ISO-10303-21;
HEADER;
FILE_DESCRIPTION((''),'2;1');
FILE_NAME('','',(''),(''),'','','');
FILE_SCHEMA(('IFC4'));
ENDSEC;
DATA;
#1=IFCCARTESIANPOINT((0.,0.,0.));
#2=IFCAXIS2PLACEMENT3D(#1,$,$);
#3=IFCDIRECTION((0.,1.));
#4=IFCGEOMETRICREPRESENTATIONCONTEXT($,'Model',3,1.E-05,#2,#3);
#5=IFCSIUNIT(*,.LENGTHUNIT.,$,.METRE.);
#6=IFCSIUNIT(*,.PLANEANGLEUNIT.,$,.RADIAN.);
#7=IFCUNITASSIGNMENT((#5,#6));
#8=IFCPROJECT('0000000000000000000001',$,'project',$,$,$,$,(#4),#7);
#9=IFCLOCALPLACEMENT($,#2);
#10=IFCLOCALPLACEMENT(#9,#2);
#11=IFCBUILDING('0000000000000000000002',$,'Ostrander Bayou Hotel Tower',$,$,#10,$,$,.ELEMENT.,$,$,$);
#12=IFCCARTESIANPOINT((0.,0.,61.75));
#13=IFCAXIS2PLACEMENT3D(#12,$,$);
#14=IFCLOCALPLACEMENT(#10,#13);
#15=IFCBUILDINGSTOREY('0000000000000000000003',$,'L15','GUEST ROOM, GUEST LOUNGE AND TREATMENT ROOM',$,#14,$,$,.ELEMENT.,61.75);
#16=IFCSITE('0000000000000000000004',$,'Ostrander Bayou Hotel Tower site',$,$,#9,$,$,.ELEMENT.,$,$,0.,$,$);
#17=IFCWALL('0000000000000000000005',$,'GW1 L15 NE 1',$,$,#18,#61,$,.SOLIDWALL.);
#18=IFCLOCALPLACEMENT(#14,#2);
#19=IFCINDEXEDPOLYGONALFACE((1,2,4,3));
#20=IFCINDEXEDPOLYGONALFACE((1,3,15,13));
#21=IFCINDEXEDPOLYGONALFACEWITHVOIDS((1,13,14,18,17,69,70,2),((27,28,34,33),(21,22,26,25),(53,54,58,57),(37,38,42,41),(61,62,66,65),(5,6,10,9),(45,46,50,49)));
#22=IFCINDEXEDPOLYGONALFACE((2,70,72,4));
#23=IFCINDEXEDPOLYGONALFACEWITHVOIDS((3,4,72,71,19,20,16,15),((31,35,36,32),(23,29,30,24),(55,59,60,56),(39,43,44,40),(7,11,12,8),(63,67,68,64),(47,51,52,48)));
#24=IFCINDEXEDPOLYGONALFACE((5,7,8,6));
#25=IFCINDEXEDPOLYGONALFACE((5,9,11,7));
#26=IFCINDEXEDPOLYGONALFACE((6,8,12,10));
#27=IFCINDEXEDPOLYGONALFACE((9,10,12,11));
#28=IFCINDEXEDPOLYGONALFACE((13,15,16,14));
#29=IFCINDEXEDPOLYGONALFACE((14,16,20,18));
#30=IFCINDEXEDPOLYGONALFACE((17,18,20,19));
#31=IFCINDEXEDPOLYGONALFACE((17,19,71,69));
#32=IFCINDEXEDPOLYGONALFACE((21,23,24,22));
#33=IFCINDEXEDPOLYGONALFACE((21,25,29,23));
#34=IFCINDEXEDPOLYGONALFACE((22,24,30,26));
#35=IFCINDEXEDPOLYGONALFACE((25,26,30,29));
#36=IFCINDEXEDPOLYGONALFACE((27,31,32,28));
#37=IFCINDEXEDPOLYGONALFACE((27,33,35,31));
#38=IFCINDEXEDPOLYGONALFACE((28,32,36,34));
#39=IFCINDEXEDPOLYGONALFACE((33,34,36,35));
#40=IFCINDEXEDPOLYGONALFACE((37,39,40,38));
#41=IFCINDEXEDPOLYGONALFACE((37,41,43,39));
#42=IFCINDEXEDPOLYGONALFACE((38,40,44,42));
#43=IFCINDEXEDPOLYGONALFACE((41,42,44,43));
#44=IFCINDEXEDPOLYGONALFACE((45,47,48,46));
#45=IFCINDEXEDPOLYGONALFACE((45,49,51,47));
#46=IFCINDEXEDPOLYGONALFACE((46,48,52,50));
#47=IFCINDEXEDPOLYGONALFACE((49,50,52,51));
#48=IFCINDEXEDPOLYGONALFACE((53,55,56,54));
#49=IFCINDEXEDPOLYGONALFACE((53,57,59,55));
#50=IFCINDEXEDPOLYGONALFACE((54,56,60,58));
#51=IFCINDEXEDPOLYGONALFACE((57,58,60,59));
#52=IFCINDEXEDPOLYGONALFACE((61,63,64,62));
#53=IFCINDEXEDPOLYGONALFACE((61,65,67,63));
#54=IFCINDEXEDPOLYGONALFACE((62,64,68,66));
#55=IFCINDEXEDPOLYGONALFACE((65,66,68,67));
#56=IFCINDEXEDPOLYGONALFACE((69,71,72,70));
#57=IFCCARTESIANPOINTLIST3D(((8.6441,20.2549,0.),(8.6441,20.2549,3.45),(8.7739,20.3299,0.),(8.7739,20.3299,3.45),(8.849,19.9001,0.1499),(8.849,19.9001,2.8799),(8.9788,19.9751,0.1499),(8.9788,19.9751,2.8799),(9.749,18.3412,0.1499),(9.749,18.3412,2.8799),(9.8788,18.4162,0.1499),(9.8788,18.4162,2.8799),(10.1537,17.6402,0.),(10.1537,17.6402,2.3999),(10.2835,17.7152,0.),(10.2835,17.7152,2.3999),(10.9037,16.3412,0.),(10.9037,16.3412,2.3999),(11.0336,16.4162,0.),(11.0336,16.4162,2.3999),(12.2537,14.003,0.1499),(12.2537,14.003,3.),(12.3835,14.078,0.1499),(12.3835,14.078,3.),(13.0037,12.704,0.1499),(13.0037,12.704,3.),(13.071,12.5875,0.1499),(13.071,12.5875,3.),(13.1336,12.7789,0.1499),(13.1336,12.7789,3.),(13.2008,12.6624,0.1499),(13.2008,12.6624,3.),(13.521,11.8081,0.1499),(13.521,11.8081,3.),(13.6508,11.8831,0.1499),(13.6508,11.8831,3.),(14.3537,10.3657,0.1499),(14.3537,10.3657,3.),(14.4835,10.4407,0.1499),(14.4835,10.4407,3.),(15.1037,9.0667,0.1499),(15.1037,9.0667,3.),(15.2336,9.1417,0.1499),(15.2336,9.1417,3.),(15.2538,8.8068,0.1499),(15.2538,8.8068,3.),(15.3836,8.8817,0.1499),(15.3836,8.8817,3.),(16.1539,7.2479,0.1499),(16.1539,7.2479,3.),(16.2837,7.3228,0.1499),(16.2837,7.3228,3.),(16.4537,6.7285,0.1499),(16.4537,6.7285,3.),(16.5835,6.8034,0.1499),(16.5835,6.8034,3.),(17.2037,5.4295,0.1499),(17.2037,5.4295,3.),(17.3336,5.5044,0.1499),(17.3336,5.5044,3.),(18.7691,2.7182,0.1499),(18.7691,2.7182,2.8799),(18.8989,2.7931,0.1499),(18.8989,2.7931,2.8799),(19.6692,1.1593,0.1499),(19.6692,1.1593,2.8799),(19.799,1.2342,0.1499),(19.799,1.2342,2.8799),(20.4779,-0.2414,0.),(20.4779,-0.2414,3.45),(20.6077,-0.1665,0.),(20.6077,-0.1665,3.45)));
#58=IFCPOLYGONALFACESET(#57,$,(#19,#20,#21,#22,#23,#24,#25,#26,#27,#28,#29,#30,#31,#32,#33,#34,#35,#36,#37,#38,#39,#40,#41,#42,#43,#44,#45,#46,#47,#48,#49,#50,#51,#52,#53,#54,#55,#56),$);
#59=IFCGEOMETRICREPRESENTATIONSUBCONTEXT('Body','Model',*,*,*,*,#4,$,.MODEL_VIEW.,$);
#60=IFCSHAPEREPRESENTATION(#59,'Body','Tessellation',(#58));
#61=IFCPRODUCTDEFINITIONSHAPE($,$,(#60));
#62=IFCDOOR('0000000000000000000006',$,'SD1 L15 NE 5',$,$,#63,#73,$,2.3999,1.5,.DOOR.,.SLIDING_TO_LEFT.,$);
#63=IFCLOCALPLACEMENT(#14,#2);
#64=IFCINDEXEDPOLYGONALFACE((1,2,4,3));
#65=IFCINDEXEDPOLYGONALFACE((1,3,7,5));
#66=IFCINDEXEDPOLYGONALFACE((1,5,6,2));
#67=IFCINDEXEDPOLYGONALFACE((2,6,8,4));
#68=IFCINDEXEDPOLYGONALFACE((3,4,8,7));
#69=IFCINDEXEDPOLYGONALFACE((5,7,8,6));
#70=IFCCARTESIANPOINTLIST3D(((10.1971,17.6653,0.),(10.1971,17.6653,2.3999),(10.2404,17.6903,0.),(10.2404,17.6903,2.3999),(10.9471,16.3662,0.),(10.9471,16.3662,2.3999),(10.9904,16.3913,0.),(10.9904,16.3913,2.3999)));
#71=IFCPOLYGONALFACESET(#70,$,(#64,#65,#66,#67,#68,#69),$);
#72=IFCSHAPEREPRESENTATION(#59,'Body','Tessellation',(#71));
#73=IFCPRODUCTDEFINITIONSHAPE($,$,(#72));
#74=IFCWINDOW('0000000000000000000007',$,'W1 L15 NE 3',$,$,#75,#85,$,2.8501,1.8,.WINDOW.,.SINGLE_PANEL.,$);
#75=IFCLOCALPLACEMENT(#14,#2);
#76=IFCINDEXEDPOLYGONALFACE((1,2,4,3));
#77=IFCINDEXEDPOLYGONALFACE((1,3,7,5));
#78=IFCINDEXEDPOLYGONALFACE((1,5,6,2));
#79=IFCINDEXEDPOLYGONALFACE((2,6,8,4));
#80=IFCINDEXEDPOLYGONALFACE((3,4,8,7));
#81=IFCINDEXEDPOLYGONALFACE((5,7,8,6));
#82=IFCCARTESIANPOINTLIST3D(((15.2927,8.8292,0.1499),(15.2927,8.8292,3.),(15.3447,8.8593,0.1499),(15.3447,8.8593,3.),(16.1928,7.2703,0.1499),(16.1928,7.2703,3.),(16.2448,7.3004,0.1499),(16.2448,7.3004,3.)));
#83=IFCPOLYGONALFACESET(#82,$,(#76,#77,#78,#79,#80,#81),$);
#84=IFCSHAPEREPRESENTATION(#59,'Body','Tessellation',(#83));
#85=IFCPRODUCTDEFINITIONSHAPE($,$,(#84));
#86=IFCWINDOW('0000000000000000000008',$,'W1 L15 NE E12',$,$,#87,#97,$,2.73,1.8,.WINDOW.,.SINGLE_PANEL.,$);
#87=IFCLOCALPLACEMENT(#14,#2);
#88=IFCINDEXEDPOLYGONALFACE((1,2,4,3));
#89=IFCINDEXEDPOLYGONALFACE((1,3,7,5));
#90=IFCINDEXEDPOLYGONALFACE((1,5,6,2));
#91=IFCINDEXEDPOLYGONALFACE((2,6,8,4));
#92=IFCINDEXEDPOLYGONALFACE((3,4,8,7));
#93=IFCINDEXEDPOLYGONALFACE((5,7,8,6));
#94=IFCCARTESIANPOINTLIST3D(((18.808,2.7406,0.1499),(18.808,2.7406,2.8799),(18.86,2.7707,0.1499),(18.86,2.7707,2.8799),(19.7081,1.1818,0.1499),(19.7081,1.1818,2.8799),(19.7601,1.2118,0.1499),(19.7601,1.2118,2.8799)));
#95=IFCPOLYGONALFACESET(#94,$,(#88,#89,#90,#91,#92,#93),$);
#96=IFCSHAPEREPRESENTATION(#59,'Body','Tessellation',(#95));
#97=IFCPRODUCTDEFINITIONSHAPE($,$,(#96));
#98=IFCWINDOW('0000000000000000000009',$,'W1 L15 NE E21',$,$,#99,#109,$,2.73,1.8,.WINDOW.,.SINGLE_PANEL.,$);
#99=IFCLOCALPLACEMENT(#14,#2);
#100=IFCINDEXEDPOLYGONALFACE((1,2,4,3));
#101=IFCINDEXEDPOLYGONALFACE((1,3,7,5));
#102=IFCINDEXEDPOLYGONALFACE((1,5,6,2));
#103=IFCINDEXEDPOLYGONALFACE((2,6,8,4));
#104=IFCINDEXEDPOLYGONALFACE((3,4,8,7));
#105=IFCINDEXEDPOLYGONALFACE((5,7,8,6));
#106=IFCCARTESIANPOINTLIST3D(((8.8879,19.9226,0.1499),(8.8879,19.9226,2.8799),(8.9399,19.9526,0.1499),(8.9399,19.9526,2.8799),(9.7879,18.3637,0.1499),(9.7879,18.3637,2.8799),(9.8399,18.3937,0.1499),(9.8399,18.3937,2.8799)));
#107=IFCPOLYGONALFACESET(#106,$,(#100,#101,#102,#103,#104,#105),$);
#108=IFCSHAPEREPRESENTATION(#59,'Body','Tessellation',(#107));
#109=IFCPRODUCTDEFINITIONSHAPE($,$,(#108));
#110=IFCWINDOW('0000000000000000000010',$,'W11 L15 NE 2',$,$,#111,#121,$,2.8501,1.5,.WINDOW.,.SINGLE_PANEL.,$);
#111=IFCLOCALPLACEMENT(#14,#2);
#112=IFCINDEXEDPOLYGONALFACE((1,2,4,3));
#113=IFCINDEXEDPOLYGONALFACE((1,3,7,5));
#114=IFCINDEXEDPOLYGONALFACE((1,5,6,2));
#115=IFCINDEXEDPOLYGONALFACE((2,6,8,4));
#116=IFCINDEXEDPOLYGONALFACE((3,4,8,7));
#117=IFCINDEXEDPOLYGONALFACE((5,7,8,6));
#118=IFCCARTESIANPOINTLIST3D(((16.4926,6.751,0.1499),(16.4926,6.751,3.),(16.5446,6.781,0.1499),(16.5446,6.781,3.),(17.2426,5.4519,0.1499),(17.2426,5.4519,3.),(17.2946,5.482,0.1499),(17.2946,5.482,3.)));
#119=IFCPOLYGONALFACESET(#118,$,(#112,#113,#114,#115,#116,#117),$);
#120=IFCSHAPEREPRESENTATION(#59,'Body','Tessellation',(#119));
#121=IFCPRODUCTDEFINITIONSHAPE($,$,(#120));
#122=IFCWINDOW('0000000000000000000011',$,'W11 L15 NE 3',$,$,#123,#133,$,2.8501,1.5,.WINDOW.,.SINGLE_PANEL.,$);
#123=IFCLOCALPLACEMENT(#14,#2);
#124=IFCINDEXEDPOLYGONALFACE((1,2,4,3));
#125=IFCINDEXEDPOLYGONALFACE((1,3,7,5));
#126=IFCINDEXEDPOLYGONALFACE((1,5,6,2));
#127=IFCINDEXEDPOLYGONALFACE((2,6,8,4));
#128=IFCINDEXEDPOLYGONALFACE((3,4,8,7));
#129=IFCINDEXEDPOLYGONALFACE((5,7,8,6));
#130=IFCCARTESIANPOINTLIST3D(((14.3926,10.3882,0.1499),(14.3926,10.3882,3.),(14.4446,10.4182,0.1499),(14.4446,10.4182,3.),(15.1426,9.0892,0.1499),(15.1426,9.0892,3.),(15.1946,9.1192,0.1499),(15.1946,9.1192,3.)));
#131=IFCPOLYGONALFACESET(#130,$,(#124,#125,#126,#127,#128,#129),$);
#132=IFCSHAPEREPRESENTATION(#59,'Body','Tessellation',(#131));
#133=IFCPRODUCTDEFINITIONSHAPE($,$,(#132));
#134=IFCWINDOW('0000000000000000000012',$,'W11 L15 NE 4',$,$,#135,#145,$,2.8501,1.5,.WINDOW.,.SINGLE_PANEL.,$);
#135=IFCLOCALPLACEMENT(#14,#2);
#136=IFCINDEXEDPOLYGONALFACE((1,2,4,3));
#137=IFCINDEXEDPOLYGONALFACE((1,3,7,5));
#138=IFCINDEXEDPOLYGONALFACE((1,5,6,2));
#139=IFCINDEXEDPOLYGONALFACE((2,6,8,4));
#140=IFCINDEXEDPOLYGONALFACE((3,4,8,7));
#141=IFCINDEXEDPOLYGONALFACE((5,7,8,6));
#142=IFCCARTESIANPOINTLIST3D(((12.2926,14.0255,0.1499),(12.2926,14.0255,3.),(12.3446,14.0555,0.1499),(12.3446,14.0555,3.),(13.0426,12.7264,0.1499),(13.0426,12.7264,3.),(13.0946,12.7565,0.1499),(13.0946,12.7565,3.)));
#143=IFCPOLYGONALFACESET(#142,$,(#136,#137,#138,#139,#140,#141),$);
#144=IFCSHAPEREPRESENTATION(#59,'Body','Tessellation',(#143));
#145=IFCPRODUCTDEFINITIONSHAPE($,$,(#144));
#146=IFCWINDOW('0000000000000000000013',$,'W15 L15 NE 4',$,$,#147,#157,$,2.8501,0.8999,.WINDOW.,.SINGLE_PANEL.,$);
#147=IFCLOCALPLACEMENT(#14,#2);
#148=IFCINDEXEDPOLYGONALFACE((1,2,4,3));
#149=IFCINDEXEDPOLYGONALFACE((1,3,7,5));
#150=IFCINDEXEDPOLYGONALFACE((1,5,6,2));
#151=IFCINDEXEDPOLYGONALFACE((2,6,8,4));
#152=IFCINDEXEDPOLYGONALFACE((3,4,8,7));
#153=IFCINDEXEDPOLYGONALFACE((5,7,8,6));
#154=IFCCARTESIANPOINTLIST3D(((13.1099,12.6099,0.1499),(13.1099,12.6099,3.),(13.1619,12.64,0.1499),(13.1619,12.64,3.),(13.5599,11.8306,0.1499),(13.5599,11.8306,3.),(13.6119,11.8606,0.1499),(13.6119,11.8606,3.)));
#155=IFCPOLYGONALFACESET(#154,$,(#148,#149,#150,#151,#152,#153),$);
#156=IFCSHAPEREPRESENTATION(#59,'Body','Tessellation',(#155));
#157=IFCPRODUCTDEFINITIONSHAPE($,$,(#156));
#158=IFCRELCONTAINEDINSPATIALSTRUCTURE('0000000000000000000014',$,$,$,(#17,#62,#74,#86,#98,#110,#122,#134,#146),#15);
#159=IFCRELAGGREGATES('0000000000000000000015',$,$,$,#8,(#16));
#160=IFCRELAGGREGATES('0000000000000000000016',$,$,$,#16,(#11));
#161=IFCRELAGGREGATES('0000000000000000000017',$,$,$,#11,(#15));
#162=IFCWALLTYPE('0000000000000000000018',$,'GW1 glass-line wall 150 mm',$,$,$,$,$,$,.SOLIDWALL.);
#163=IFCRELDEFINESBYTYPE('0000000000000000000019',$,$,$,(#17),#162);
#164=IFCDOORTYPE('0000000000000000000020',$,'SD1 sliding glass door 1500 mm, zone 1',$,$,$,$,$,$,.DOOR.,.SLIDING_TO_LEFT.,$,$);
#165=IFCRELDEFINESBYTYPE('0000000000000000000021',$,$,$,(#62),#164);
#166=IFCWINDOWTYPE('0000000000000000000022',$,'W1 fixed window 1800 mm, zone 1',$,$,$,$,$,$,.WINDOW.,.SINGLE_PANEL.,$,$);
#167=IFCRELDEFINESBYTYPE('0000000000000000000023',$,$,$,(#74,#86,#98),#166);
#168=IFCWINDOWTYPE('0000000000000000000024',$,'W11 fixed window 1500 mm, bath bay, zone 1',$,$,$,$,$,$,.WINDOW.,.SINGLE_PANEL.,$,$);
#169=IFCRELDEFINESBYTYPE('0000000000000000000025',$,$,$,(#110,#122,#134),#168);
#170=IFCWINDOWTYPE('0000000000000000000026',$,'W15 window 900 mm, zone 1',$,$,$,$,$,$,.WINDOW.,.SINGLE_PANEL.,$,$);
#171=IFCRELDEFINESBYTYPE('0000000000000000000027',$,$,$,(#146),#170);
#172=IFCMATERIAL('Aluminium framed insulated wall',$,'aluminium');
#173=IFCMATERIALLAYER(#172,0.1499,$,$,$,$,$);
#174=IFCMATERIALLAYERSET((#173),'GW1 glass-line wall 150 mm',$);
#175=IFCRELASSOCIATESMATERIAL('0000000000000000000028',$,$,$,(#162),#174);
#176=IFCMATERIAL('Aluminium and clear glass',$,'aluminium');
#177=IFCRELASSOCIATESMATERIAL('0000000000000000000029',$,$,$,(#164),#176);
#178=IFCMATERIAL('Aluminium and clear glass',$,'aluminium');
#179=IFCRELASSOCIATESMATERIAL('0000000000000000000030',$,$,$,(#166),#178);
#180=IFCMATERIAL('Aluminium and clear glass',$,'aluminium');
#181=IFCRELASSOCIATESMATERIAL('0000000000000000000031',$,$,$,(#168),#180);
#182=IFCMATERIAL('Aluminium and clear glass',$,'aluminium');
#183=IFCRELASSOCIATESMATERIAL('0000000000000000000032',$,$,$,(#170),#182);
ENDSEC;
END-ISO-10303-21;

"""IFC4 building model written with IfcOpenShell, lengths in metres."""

from ifc_helpers import new_model, si_unit, direction, frame, frame_2d, origin, place, context, subcontext, project, spatial, rectangle, extrude, material, layer, layer_set, type_object, element, fill, save


model = new_model("IFC4")

# Units and contexts
model_context = context("Model", 3, precision=1e-05, world=origin(), true_north=direction((0.0, 1.0)))
body_context = subcontext(model_context, "Body", "Model", "MODEL_VIEW")
ifc_project = project(units=[si_unit("LENGTHUNIT", "METRE"), si_unit("PLANEANGLEUNIT", "RADIAN")], contexts=[model_context])

# Site, building, storey
site_placement = place(None, origin())
site = spatial("IfcSite", under=ifc_project, at=site_placement, Name="Ostrander Bayou Hotel Tower site", CompositionType="ELEMENT", RefElevation=0.0)
building_placement = place(site_placement, origin())
building = spatial("IfcBuilding", under=site, at=building_placement, Name="Ostrander Bayou Hotel Tower", CompositionType="ELEMENT")
storey_placement = place(building_placement, frame((0.0, 0.0, 61.75)))
storey = spatial("IfcBuildingStorey", under=building, at=storey_placement, Name="L15", Description="GUEST ROOM, GUEST LOUNGE AND TREATMENT ROOM", CompositionType="ELEMENT", Elevation=61.75)

# Wall, openings, door, windows
ifc_material_1 = material(Name="Aluminium framed insulated wall", Category="aluminium")
ifc_layer_1 = layer(ifc_material_1, 0.1499)
ifc_layer_set_1 = layer_set([ifc_layer_1], Name="GW1 glass-line wall 150 mm")
wall_type_1 = type_object("IfcWallType", Name="GW1 glass-line wall 150 mm", PredefinedType="SOLIDWALL", material=ifc_layer_set_1)
wall_1_placement = place(storey_placement, frame((20.5427, -0.2039, 0.0), z_axis=(0.0, 0.0, 1.0), x_axis=(-0.500006, 0.866022, 0.0)))
wall_1 = element("IfcWall", 1, at=wall_1_placement, inside=storey, type_object=wall_type_1, Name="GW1 L15 NE 1", PredefinedType="SOLIDWALL", context=body_context, shape_type="SweptSolid", body=[
    extrude(rectangle(XDim=23.6672, YDim=0.1499, at=frame_2d((11.8335, 0.0))), origin(), (0.0, 0.0, 1.0), 3.45),
])
opening_1_placement = place(wall_1_placement, frame((6.5481, 0.0, 0.1499)))
opening_1 = element("IfcOpeningElement", 2, at=opening_1_placement, cuts=wall_1, PredefinedType="OPENING", context=body_context, shape_type="SweptSolid", body=[
    extrude(rectangle(XDim=1.5, YDim=2.8501, at=frame_2d((0.75, 1.425))), frame((0.0, 0.075, 0.0), z_axis=(0.0, -1.0, 0.0), x_axis=(1.0, 0.0, 0.0)), (0.0, 0.0, 1.0), 0.1499),
])
opening_2_placement = place(wall_1_placement, frame((8.6479, 0.0, 0.1499)))
opening_2 = element("IfcOpeningElement", 3, at=opening_2_placement, cuts=wall_1, PredefinedType="OPENING", context=body_context, shape_type="SweptSolid", body=[
    extrude(rectangle(XDim=1.8, YDim=2.8501, at=frame_2d((0.8999, 1.425))), frame((0.0, 0.075, 0.0), z_axis=(0.0, -1.0, 0.0), x_axis=(1.0, 0.0, 0.0)), (0.0, 0.0, 1.0), 0.1499),
])
opening_3_placement = place(wall_1_placement, frame((10.748, 0.0, 0.1499)))
opening_3 = element("IfcOpeningElement", 4, at=opening_3_placement, cuts=wall_1, PredefinedType="OPENING", context=body_context, shape_type="SweptSolid", body=[
    extrude(rectangle(XDim=1.5, YDim=2.8501, at=frame_2d((0.75, 1.425))), frame((0.0, 0.075, 0.0), z_axis=(0.0, -1.0, 0.0), x_axis=(1.0, 0.0, 0.0)), (0.0, 0.0, 1.0), 0.1499),
])
opening_4_placement = place(wall_1_placement, frame((13.9136, 0.0, 0.1499)))
opening_4 = element("IfcOpeningElement", 5, at=opening_4_placement, cuts=wall_1, PredefinedType="OPENING", context=body_context, shape_type="SweptSolid", body=[
    extrude(rectangle(XDim=0.8999, YDim=2.8501, at=frame_2d((0.45, 1.425))), frame((0.0, 0.075, 0.0), z_axis=(0.0, -1.0, 0.0), x_axis=(1.0, 0.0, 0.0)), (0.0, 0.0, 1.0), 0.1499),
])
opening_5_placement = place(wall_1_placement, frame((14.948, 0.0, 0.1499)))
opening_5 = element("IfcOpeningElement", 6, at=opening_5_placement, cuts=wall_1, PredefinedType="OPENING", context=body_context, shape_type="SweptSolid", body=[
    extrude(rectangle(XDim=1.5, YDim=2.8501, at=frame_2d((0.75, 1.425))), frame((0.0, 0.075, 0.0), z_axis=(0.0, -1.0, 0.0), x_axis=(1.0, 0.0, 0.0)), (0.0, 0.0, 1.0), 0.1499),
])
opening_6_placement = place(wall_1_placement, frame((19.1479, 0.0, 0.0)))
opening_6 = element("IfcOpeningElement", 7, at=opening_6_placement, cuts=wall_1, PredefinedType="OPENING", context=body_context, shape_type="SweptSolid", body=[
    extrude(rectangle(XDim=1.5, YDim=2.3999, at=frame_2d((0.75, 1.2))), frame((0.0, 0.075, 0.0), z_axis=(0.0, -1.0, 0.0), x_axis=(1.0, 0.0, 0.0)), (0.0, 0.0, 1.0), 0.1499),
])
opening_7_placement = place(wall_1_placement, frame((1.6174, 0.0, 0.1499)))
opening_7 = element("IfcOpeningElement", 8, at=opening_7_placement, cuts=wall_1, PredefinedType="OPENING", context=body_context, shape_type="SweptSolid", body=[
    extrude(rectangle(XDim=1.8, YDim=2.73, at=frame_2d((0.8999, 1.365))), frame((0.0, 0.075, 0.0), z_axis=(0.0, -1.0, 0.0), x_axis=(1.0, 0.0, 0.0)), (0.0, 0.0, 1.0), 0.1499),
])
opening_8_placement = place(wall_1_placement, frame((21.4575, 0.0, 0.1499)))
opening_8 = element("IfcOpeningElement", 9, at=opening_8_placement, cuts=wall_1, PredefinedType="OPENING", context=body_context, shape_type="SweptSolid", body=[
    extrude(rectangle(XDim=1.8, YDim=2.73, at=frame_2d((0.8999, 1.365))), frame((0.0, 0.075, 0.0), z_axis=(0.0, -1.0, 0.0), x_axis=(1.0, 0.0, 0.0)), (0.0, 0.0, 1.0), 0.1499),
])
ifc_material_2 = material(Name="Aluminium and clear glass", Category="aluminium")
door_type = type_object("IfcDoorType", Name="SD1 sliding glass door 1500 mm, zone 1", OperationType="SLIDING_TO_LEFT", PredefinedType="DOOR", material=ifc_material_2)
door_placement = place(opening_6_placement, origin())
door = element("IfcDoor", 10, at=door_placement, inside=storey, type_object=door_type, Name="SD1 L15 NE 5", OperationType="SLIDING_TO_LEFT", OverallHeight=2.3999, OverallWidth=1.5, PredefinedType="DOOR", context=body_context, shape_type="SweptSolid", body=[
    extrude(rectangle(XDim=1.5, YDim=2.3999, at=frame_2d((0.75, 1.2))), frame((0.0, 0.0249, 0.0), z_axis=(0.0, -1.0, 0.0), x_axis=(1.0, 0.0, 0.0)), (0.0, 0.0, 1.0), 0.05),
])
fill(opening_6, door)
ifc_material_3 = material(Name="Aluminium and clear glass", Category="aluminium")
window_type_1 = type_object("IfcWindowType", Name="W1 fixed window 1800 mm, zone 1", PartitioningType="SINGLE_PANEL", PredefinedType="WINDOW", material=ifc_material_3)
window_1_placement = place(opening_2_placement, origin())
window_1 = element("IfcWindow", 11, at=window_1_placement, inside=storey, type_object=window_type_1, Name="W1 L15 NE 3", OverallHeight=2.8501, OverallWidth=1.8, PartitioningType="SINGLE_PANEL", PredefinedType="WINDOW", context=body_context, shape_type="SweptSolid", body=[
    extrude(rectangle(XDim=1.8, YDim=2.8501, at=frame_2d((0.8999, 1.425))), frame((0.0, 0.03, 0.0), z_axis=(0.0, -1.0, 0.0), x_axis=(1.0, 0.0, 0.0)), (0.0, 0.0, 1.0), 0.0601),
])
fill(opening_2, window_1)
window_2_placement = place(opening_7_placement, origin())
window_2 = element("IfcWindow", 12, at=window_2_placement, inside=storey, type_object=window_type_1, Name="W1 L15 NE E12", OverallHeight=2.73, OverallWidth=1.8, PartitioningType="SINGLE_PANEL", PredefinedType="WINDOW", context=body_context, shape_type="SweptSolid", body=[
    extrude(rectangle(XDim=1.8, YDim=2.73, at=frame_2d((0.8999, 1.365))), frame((0.0, 0.03, 0.0), z_axis=(0.0, -1.0, 0.0), x_axis=(1.0, 0.0, 0.0)), (0.0, 0.0, 1.0), 0.0601),
])
fill(opening_7, window_2)
window_3_placement = place(opening_8_placement, origin())
window_3 = element("IfcWindow", 13, at=window_3_placement, inside=storey, type_object=window_type_1, Name="W1 L15 NE E21", OverallHeight=2.73, OverallWidth=1.8, PartitioningType="SINGLE_PANEL", PredefinedType="WINDOW", context=body_context, shape_type="SweptSolid", body=[
    extrude(rectangle(XDim=1.8, YDim=2.73, at=frame_2d((0.8999, 1.365))), frame((0.0, 0.03, 0.0), z_axis=(0.0, -1.0, 0.0), x_axis=(1.0, 0.0, 0.0)), (0.0, 0.0, 1.0), 0.0601),
])
fill(opening_8, window_3)
ifc_material_4 = material(Name="Aluminium and clear glass", Category="aluminium")
window_type_2 = type_object("IfcWindowType", Name="W11 fixed window 1500 mm, bath bay, zone 1", PartitioningType="SINGLE_PANEL", PredefinedType="WINDOW", material=ifc_material_4)
window_4_placement = place(opening_1_placement, origin())
window_4 = element("IfcWindow", 14, at=window_4_placement, inside=storey, type_object=window_type_2, Name="W11 L15 NE 2", OverallHeight=2.8501, OverallWidth=1.5, PartitioningType="SINGLE_PANEL", PredefinedType="WINDOW", context=body_context, shape_type="SweptSolid", body=[
    extrude(rectangle(XDim=1.5, YDim=2.8501, at=frame_2d((0.75, 1.425))), frame((0.0, 0.03, 0.0), z_axis=(0.0, -1.0, 0.0), x_axis=(1.0, 0.0, 0.0)), (0.0, 0.0, 1.0), 0.0601),
])
fill(opening_1, window_4)
window_5_placement = place(opening_3_placement, origin())
window_5 = element("IfcWindow", 15, at=window_5_placement, inside=storey, type_object=window_type_2, Name="W11 L15 NE 3", OverallHeight=2.8501, OverallWidth=1.5, PartitioningType="SINGLE_PANEL", PredefinedType="WINDOW", context=body_context, shape_type="SweptSolid", body=[
    extrude(rectangle(XDim=1.5, YDim=2.8501, at=frame_2d((0.75, 1.425))), frame((0.0, 0.03, 0.0), z_axis=(0.0, -1.0, 0.0), x_axis=(1.0, 0.0, 0.0)), (0.0, 0.0, 1.0), 0.0601),
])
fill(opening_3, window_5)
window_6_placement = place(opening_5_placement, origin())
window_6 = element("IfcWindow", 16, at=window_6_placement, inside=storey, type_object=window_type_2, Name="W11 L15 NE 4", OverallHeight=2.8501, OverallWidth=1.5, PartitioningType="SINGLE_PANEL", PredefinedType="WINDOW", context=body_context, shape_type="SweptSolid", body=[
    extrude(rectangle(XDim=1.5, YDim=2.8501, at=frame_2d((0.75, 1.425))), frame((0.0, 0.03, 0.0), z_axis=(0.0, -1.0, 0.0), x_axis=(1.0, 0.0, 0.0)), (0.0, 0.0, 1.0), 0.0601),
])
fill(opening_5, window_6)
ifc_material_5 = material(Name="Aluminium and clear glass", Category="aluminium")
window_type_3 = type_object("IfcWindowType", Name="W15 window 900 mm, zone 1", PartitioningType="SINGLE_PANEL", PredefinedType="WINDOW", material=ifc_material_5)
window_7_placement = place(opening_4_placement, origin())
window_7 = element("IfcWindow", 17, at=window_7_placement, inside=storey, type_object=window_type_3, Name="W15 L15 NE 4", OverallHeight=2.8501, OverallWidth=0.8999, PartitioningType="SINGLE_PANEL", PredefinedType="WINDOW", context=body_context, shape_type="SweptSolid", body=[
    extrude(rectangle(XDim=0.8999, YDim=2.8501, at=frame_2d((0.45, 1.425))), frame((0.0, 0.03, 0.0), z_axis=(0.0, -1.0, 0.0), x_axis=(1.0, 0.0, 0.0)), (0.0, 0.0, 1.0), 0.0601),
])
fill(opening_4, window_7)

save(model, "model.ifc")
